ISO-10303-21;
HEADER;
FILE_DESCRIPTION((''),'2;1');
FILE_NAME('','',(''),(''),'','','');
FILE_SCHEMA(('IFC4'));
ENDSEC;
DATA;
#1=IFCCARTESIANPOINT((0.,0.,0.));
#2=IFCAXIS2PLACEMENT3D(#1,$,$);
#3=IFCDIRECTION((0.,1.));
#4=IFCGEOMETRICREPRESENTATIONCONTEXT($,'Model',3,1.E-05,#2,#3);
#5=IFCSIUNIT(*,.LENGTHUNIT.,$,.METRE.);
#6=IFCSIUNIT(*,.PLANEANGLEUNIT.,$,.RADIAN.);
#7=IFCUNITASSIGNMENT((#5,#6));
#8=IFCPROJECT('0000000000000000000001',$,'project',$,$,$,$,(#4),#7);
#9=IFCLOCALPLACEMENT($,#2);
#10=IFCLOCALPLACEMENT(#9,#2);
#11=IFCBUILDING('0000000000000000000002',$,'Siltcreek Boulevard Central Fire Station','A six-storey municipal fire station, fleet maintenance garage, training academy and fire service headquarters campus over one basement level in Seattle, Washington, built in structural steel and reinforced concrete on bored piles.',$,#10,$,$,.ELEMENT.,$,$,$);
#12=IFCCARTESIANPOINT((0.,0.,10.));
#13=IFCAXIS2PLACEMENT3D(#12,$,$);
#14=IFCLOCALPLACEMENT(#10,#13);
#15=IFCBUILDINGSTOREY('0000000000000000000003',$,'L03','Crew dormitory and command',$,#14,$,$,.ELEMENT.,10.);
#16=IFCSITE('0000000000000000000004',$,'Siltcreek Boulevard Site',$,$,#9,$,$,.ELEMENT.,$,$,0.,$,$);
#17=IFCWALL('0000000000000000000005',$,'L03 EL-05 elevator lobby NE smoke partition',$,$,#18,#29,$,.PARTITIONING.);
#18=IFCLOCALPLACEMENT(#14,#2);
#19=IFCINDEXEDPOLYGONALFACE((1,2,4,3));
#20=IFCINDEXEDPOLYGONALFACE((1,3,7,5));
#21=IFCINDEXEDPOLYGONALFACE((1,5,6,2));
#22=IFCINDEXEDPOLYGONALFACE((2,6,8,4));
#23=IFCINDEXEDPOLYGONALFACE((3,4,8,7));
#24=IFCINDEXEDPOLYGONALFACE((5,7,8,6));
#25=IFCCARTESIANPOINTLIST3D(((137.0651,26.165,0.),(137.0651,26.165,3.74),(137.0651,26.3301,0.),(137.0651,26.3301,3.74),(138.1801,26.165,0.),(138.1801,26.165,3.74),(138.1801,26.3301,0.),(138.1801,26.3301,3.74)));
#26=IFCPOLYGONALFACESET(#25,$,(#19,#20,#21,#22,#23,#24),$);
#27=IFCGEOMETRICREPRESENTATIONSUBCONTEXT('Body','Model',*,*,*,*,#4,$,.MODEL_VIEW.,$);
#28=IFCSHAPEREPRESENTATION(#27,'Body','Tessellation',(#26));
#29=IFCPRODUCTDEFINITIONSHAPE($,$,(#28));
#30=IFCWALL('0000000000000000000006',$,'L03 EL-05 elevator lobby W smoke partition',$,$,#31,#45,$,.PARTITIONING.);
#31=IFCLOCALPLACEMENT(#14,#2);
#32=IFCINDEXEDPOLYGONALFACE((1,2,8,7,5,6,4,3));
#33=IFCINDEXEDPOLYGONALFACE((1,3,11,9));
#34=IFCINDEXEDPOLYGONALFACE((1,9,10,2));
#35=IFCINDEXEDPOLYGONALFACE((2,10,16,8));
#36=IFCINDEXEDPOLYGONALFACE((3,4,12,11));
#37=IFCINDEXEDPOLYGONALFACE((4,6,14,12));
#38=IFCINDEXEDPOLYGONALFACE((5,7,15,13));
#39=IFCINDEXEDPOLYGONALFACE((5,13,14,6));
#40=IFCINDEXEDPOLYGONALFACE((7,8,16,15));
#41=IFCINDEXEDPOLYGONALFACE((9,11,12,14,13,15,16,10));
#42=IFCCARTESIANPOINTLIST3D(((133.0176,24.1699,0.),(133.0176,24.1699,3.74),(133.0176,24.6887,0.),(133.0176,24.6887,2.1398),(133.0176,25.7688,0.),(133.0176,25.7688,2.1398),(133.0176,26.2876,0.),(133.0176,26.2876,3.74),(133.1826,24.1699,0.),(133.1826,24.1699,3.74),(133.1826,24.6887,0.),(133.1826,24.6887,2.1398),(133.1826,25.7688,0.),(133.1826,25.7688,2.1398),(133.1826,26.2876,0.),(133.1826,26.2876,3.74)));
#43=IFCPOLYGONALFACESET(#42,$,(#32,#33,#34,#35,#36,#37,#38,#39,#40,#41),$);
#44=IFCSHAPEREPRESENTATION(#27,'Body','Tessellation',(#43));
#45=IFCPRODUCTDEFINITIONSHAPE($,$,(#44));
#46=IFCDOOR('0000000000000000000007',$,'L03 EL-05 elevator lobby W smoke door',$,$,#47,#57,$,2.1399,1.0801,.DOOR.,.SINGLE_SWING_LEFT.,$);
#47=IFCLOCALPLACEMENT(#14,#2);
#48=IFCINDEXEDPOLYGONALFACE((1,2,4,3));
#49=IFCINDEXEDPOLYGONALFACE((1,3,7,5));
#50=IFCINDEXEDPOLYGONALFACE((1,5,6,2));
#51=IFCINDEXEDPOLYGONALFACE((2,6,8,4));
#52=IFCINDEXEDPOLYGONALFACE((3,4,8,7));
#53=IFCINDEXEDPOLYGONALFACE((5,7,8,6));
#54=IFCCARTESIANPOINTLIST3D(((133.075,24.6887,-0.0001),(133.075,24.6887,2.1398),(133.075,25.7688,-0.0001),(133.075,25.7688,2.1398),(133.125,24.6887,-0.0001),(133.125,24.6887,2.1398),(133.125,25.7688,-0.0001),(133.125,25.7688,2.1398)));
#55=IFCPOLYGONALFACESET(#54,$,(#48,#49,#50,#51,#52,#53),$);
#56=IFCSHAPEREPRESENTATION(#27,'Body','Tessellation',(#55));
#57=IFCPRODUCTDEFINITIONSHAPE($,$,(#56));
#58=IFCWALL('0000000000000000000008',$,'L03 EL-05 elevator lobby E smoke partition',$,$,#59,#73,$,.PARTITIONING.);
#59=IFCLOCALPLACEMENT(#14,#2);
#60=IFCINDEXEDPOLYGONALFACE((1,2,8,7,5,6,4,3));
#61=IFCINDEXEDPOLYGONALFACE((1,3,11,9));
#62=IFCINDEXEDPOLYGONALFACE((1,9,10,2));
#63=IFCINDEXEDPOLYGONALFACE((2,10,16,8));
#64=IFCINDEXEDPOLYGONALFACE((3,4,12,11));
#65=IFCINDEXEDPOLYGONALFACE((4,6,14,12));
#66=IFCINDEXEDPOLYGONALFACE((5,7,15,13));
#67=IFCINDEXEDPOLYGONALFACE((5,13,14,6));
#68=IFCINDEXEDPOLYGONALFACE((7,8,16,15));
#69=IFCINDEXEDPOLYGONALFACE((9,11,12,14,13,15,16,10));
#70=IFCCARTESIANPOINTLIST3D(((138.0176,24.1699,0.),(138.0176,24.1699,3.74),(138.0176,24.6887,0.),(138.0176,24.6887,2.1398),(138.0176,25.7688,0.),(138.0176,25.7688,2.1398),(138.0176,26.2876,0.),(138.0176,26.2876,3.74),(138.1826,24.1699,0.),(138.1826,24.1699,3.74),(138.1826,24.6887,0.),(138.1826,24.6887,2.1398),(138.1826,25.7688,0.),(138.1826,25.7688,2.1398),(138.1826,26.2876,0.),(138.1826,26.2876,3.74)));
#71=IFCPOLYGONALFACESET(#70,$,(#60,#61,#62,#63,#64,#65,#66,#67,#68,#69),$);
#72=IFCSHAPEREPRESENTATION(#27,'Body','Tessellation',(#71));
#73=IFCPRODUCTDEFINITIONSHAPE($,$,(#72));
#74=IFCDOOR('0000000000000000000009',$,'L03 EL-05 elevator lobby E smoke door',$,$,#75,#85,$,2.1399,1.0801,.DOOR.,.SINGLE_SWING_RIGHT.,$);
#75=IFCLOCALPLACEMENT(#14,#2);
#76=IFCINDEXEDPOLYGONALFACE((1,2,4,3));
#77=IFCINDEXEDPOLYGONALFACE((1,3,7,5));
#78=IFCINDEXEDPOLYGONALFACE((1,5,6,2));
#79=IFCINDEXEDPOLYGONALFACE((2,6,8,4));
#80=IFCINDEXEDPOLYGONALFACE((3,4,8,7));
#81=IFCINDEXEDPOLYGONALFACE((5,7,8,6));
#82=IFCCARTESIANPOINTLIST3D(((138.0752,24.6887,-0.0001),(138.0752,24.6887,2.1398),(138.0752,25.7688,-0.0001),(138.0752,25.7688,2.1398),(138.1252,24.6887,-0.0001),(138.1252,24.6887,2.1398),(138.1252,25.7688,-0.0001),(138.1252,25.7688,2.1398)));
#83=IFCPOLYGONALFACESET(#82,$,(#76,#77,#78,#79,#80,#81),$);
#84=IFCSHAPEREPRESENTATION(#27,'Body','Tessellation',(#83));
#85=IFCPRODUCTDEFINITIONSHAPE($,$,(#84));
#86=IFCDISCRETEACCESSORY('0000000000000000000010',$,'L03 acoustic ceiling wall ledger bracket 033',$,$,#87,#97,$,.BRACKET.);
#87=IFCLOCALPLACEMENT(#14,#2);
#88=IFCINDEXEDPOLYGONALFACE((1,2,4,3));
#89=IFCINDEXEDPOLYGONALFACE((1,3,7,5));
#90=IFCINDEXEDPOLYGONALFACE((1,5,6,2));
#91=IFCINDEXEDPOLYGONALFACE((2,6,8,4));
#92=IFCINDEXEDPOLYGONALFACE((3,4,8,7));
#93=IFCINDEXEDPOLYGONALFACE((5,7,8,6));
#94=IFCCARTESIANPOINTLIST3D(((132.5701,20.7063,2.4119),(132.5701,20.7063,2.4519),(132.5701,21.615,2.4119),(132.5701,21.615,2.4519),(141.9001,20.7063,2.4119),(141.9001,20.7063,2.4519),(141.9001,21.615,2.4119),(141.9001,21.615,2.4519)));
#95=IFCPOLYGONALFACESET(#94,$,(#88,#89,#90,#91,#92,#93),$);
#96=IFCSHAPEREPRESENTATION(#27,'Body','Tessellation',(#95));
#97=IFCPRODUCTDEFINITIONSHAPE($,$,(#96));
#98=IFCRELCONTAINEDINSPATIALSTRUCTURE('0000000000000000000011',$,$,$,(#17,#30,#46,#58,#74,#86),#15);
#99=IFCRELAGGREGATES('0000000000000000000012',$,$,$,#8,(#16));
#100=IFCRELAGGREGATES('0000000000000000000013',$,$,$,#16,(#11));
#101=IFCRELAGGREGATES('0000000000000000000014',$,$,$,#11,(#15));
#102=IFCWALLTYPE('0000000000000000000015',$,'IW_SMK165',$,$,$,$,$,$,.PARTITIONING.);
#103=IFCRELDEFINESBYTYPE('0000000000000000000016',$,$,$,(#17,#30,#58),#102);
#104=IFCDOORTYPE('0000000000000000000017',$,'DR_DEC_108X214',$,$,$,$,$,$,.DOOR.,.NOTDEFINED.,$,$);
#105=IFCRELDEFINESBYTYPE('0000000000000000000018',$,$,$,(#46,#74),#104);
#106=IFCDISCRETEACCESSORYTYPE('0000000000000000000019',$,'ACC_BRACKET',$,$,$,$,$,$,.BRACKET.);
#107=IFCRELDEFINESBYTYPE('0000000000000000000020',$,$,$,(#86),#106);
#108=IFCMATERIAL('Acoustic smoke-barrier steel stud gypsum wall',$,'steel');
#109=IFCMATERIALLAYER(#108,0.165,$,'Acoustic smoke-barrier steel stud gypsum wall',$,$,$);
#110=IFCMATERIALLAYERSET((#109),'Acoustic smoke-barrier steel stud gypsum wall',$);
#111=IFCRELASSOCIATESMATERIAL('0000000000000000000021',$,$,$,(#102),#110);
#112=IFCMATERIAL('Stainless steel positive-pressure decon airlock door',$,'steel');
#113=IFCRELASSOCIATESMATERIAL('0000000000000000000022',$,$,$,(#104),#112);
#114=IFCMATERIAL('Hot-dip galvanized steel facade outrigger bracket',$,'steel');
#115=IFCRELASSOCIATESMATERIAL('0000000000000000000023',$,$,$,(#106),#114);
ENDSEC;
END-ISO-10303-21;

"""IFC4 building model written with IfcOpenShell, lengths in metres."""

from ifc_helpers import new_model, si_unit, direction, frame, frame_2d, origin, origin_2d, place, context, subcontext, project, spatial, rectangle, extrude, material, layer, layer_set, type_object, element, fill, save


model = new_model("IFC4")

# Units and contexts
model_context = context("Model", 3, precision=1e-05, world=origin(), true_north=direction((0.0, 1.0)))
body_context = subcontext(model_context, "Body", "Model", "MODEL_VIEW")
ifc_project = project(units=[si_unit("LENGTHUNIT", "METRE"), si_unit("PLANEANGLEUNIT", "RADIAN")], contexts=[model_context])

# Site, building, storey
site_placement = place(None, origin())
site = spatial("IfcSite", under=ifc_project, at=site_placement, Name="Siltcreek Boulevard Site", CompositionType="ELEMENT", RefElevation=0.0)
building_placement = place(site_placement, origin())
building = spatial("IfcBuilding", under=site, at=building_placement, Name="Siltcreek Boulevard Central Fire Station", Description="A six-storey municipal fire station, fleet maintenance garage, training academy and fire service headquarters campus over one basement level in Seattle, Washington, built in structural steel and reinforced concrete on bored piles.", CompositionType="ELEMENT")
storey_placement = place(building_placement, frame((0.0, 0.0, 10.0)))
storey = spatial("IfcBuildingStorey", under=building, at=storey_placement, Name="L03", Description="Crew dormitory and command", CompositionType="ELEMENT", Elevation=10.0)

# Wall
ifc_material_1 = material(Name="Acoustic smoke-barrier steel stud gypsum wall", Category="steel")
ifc_layer_1 = layer(ifc_material_1, 0.165, Name="Acoustic smoke-barrier steel stud gypsum wall")
ifc_layer_set_1 = layer_set([ifc_layer_1], Name="Acoustic smoke-barrier steel stud gypsum wall")
wall_type_1 = type_object("IfcWallType", Name="IW_SMK165", PredefinedType="PARTITIONING", material=ifc_layer_set_1)
for number, where, z_axis, x_axis, name in (
    (1, (137.0649, 26.2476, 0.0), (0.0, 0.0, 1.0), (1.0, 0.0, 0.0), "L03 EL-05 elevator lobby NE smoke partition"),
):
    element("IfcWall", number, at=place(storey_placement, frame(where, z_axis=z_axis, x_axis=x_axis)), inside=storey, type_object=wall_type_1, Name=name, PredefinedType="PARTITIONING", context=body_context, shape_type="SweptSolid", body=[
        extrude(rectangle(XDim=1.115, YDim=0.165, at=frame_2d((0.5576, 0.0))), origin(), (0.0, 0.0, 1.0), 3.74),
    ])

# Walls, openings, doors
wall_1_placement = place(storey_placement, frame((133.1001, 24.1699, 0.0), z_axis=(0.0, 0.0, 1.0), x_axis=(0.0, 1.0, 0.0)))
wall_1 = element("IfcWall", 2, at=wall_1_placement, inside=storey, type_object=wall_type_1, Name="L03 EL-05 elevator lobby W smoke partition", PredefinedType="PARTITIONING", context=body_context, shape_type="SweptSolid", body=[
    extrude(rectangle(XDim=2.1177, YDim=0.165, at=frame_2d((1.0588, 0.0))), origin(), (0.0, 0.0, 1.0), 3.74),
])
opening_1_placement = place(wall_1_placement, frame((0.5188, 0.0, 0.0)))
opening_1 = element("IfcOpeningElement", 3, at=opening_1_placement, cuts=wall_1, PredefinedType="OPENING", context=body_context, shape_type="SweptSolid", body=[
    extrude(rectangle(XDim=1.0801, YDim=2.1399, at=frame_2d((0.54, 1.0698))), frame((0.0, 0.0925, 0.0), z_axis=(0.0, -1.0, 0.0), x_axis=(1.0, 0.0, 0.0)), (0.0, 0.0, 1.0), 0.1851),
])
ifc_material_2 = material(Name="Stainless steel positive-pressure decon airlock door", Category="steel")
door_type_1 = type_object("IfcDoorType", Name="DR_DEC_108X214", OperationType="NOTDEFINED", PredefinedType="DOOR", material=ifc_material_2)
door_1_placement = place(opening_1_placement, frame((1.0801, 0.0, 0.0), z_axis=(0.0, 0.0, 1.0), x_axis=(-1.0, 0.0, 0.0)))
door_1 = element("IfcDoor", 4, at=door_1_placement, inside=storey, type_object=door_type_1, Name="L03 EL-05 elevator lobby W smoke door", OperationType="SINGLE_SWING_LEFT", OverallHeight=2.1399, OverallWidth=1.0801, PredefinedType="DOOR", context=body_context, shape_type="SweptSolid", body=[
    extrude(rectangle(XDim=1.0801, YDim=2.1399, at=frame_2d((0.54, 1.0698))), frame((0.0, 0.0249, 0.0), z_axis=(0.0, -1.0, 0.0), x_axis=(1.0, 0.0, 0.0)), (0.0, 0.0, 1.0), 0.05),
])
fill(opening_1, door_1)
wall_2_placement = place(storey_placement, frame((138.1001, 24.1699, 0.0), z_axis=(0.0, 0.0, 1.0), x_axis=(0.0, 1.0, 0.0)))
wall_2 = element("IfcWall", 5, at=wall_2_placement, inside=storey, type_object=wall_type_1, Name="L03 EL-05 elevator lobby E smoke partition", PredefinedType="PARTITIONING", context=body_context, shape_type="SweptSolid", body=[
    extrude(rectangle(XDim=2.1177, YDim=0.165, at=frame_2d((1.0588, 0.0))), origin(), (0.0, 0.0, 1.0), 3.74),
])
opening_2_placement = place(wall_2_placement, frame((0.5188, 0.0, 0.0)))
opening_2 = element("IfcOpeningElement", 6, at=opening_2_placement, cuts=wall_2, PredefinedType="OPENING", context=body_context, shape_type="SweptSolid", body=[
    extrude(rectangle(XDim=1.0801, YDim=2.1399, at=frame_2d((0.54, 1.0698))), frame((0.0, 0.0925, 0.0), z_axis=(0.0, -1.0, 0.0), x_axis=(1.0, 0.0, 0.0)), (0.0, 0.0, 1.0), 0.1851),
])
door_2_placement = place(opening_2_placement, origin())
door_2 = element("IfcDoor", 7, at=door_2_placement, inside=storey, type_object=door_type_1, Name="L03 EL-05 elevator lobby E smoke door", OperationType="SINGLE_SWING_RIGHT", OverallHeight=2.1399, OverallWidth=1.0801, PredefinedType="DOOR", context=body_context, shape_type="SweptSolid", body=[
    extrude(rectangle(XDim=1.0801, YDim=2.1399, at=frame_2d((0.54, 1.0698))), frame((0.0, 0.0249, 0.0), z_axis=(0.0, -1.0, 0.0), x_axis=(1.0, 0.0, 0.0)), (0.0, 0.0, 1.0), 0.05),
])
fill(opening_2, door_2)

# Discrete accessory
ifc_material_3 = material(Name="Hot-dip galvanized steel facade outrigger bracket", Category="steel")
discrete_accessory_type = type_object("IfcDiscreteAccessoryType", Name="ACC_BRACKET", PredefinedType="BRACKET", material=ifc_material_3)
discrete_accessory_placement = place(storey_placement, frame((137.2351, 21.1606, 2.4119), z_axis=(0.0, 0.0, 1.0), x_axis=(1.0, 0.0, 0.0)))
element("IfcDiscreteAccessory", 8, at=discrete_accessory_placement, inside=storey, type_object=discrete_accessory_type, Name="L03 acoustic ceiling wall ledger bracket 033", PredefinedType="BRACKET", context=body_context, shape_type="SweptSolid", body=[
    extrude(rectangle(XDim=9.3301, YDim=0.9087, at=origin_2d()), origin(), (0.0, 0.0, 1.0), 0.04),
])

save(model, "model.ifc")
